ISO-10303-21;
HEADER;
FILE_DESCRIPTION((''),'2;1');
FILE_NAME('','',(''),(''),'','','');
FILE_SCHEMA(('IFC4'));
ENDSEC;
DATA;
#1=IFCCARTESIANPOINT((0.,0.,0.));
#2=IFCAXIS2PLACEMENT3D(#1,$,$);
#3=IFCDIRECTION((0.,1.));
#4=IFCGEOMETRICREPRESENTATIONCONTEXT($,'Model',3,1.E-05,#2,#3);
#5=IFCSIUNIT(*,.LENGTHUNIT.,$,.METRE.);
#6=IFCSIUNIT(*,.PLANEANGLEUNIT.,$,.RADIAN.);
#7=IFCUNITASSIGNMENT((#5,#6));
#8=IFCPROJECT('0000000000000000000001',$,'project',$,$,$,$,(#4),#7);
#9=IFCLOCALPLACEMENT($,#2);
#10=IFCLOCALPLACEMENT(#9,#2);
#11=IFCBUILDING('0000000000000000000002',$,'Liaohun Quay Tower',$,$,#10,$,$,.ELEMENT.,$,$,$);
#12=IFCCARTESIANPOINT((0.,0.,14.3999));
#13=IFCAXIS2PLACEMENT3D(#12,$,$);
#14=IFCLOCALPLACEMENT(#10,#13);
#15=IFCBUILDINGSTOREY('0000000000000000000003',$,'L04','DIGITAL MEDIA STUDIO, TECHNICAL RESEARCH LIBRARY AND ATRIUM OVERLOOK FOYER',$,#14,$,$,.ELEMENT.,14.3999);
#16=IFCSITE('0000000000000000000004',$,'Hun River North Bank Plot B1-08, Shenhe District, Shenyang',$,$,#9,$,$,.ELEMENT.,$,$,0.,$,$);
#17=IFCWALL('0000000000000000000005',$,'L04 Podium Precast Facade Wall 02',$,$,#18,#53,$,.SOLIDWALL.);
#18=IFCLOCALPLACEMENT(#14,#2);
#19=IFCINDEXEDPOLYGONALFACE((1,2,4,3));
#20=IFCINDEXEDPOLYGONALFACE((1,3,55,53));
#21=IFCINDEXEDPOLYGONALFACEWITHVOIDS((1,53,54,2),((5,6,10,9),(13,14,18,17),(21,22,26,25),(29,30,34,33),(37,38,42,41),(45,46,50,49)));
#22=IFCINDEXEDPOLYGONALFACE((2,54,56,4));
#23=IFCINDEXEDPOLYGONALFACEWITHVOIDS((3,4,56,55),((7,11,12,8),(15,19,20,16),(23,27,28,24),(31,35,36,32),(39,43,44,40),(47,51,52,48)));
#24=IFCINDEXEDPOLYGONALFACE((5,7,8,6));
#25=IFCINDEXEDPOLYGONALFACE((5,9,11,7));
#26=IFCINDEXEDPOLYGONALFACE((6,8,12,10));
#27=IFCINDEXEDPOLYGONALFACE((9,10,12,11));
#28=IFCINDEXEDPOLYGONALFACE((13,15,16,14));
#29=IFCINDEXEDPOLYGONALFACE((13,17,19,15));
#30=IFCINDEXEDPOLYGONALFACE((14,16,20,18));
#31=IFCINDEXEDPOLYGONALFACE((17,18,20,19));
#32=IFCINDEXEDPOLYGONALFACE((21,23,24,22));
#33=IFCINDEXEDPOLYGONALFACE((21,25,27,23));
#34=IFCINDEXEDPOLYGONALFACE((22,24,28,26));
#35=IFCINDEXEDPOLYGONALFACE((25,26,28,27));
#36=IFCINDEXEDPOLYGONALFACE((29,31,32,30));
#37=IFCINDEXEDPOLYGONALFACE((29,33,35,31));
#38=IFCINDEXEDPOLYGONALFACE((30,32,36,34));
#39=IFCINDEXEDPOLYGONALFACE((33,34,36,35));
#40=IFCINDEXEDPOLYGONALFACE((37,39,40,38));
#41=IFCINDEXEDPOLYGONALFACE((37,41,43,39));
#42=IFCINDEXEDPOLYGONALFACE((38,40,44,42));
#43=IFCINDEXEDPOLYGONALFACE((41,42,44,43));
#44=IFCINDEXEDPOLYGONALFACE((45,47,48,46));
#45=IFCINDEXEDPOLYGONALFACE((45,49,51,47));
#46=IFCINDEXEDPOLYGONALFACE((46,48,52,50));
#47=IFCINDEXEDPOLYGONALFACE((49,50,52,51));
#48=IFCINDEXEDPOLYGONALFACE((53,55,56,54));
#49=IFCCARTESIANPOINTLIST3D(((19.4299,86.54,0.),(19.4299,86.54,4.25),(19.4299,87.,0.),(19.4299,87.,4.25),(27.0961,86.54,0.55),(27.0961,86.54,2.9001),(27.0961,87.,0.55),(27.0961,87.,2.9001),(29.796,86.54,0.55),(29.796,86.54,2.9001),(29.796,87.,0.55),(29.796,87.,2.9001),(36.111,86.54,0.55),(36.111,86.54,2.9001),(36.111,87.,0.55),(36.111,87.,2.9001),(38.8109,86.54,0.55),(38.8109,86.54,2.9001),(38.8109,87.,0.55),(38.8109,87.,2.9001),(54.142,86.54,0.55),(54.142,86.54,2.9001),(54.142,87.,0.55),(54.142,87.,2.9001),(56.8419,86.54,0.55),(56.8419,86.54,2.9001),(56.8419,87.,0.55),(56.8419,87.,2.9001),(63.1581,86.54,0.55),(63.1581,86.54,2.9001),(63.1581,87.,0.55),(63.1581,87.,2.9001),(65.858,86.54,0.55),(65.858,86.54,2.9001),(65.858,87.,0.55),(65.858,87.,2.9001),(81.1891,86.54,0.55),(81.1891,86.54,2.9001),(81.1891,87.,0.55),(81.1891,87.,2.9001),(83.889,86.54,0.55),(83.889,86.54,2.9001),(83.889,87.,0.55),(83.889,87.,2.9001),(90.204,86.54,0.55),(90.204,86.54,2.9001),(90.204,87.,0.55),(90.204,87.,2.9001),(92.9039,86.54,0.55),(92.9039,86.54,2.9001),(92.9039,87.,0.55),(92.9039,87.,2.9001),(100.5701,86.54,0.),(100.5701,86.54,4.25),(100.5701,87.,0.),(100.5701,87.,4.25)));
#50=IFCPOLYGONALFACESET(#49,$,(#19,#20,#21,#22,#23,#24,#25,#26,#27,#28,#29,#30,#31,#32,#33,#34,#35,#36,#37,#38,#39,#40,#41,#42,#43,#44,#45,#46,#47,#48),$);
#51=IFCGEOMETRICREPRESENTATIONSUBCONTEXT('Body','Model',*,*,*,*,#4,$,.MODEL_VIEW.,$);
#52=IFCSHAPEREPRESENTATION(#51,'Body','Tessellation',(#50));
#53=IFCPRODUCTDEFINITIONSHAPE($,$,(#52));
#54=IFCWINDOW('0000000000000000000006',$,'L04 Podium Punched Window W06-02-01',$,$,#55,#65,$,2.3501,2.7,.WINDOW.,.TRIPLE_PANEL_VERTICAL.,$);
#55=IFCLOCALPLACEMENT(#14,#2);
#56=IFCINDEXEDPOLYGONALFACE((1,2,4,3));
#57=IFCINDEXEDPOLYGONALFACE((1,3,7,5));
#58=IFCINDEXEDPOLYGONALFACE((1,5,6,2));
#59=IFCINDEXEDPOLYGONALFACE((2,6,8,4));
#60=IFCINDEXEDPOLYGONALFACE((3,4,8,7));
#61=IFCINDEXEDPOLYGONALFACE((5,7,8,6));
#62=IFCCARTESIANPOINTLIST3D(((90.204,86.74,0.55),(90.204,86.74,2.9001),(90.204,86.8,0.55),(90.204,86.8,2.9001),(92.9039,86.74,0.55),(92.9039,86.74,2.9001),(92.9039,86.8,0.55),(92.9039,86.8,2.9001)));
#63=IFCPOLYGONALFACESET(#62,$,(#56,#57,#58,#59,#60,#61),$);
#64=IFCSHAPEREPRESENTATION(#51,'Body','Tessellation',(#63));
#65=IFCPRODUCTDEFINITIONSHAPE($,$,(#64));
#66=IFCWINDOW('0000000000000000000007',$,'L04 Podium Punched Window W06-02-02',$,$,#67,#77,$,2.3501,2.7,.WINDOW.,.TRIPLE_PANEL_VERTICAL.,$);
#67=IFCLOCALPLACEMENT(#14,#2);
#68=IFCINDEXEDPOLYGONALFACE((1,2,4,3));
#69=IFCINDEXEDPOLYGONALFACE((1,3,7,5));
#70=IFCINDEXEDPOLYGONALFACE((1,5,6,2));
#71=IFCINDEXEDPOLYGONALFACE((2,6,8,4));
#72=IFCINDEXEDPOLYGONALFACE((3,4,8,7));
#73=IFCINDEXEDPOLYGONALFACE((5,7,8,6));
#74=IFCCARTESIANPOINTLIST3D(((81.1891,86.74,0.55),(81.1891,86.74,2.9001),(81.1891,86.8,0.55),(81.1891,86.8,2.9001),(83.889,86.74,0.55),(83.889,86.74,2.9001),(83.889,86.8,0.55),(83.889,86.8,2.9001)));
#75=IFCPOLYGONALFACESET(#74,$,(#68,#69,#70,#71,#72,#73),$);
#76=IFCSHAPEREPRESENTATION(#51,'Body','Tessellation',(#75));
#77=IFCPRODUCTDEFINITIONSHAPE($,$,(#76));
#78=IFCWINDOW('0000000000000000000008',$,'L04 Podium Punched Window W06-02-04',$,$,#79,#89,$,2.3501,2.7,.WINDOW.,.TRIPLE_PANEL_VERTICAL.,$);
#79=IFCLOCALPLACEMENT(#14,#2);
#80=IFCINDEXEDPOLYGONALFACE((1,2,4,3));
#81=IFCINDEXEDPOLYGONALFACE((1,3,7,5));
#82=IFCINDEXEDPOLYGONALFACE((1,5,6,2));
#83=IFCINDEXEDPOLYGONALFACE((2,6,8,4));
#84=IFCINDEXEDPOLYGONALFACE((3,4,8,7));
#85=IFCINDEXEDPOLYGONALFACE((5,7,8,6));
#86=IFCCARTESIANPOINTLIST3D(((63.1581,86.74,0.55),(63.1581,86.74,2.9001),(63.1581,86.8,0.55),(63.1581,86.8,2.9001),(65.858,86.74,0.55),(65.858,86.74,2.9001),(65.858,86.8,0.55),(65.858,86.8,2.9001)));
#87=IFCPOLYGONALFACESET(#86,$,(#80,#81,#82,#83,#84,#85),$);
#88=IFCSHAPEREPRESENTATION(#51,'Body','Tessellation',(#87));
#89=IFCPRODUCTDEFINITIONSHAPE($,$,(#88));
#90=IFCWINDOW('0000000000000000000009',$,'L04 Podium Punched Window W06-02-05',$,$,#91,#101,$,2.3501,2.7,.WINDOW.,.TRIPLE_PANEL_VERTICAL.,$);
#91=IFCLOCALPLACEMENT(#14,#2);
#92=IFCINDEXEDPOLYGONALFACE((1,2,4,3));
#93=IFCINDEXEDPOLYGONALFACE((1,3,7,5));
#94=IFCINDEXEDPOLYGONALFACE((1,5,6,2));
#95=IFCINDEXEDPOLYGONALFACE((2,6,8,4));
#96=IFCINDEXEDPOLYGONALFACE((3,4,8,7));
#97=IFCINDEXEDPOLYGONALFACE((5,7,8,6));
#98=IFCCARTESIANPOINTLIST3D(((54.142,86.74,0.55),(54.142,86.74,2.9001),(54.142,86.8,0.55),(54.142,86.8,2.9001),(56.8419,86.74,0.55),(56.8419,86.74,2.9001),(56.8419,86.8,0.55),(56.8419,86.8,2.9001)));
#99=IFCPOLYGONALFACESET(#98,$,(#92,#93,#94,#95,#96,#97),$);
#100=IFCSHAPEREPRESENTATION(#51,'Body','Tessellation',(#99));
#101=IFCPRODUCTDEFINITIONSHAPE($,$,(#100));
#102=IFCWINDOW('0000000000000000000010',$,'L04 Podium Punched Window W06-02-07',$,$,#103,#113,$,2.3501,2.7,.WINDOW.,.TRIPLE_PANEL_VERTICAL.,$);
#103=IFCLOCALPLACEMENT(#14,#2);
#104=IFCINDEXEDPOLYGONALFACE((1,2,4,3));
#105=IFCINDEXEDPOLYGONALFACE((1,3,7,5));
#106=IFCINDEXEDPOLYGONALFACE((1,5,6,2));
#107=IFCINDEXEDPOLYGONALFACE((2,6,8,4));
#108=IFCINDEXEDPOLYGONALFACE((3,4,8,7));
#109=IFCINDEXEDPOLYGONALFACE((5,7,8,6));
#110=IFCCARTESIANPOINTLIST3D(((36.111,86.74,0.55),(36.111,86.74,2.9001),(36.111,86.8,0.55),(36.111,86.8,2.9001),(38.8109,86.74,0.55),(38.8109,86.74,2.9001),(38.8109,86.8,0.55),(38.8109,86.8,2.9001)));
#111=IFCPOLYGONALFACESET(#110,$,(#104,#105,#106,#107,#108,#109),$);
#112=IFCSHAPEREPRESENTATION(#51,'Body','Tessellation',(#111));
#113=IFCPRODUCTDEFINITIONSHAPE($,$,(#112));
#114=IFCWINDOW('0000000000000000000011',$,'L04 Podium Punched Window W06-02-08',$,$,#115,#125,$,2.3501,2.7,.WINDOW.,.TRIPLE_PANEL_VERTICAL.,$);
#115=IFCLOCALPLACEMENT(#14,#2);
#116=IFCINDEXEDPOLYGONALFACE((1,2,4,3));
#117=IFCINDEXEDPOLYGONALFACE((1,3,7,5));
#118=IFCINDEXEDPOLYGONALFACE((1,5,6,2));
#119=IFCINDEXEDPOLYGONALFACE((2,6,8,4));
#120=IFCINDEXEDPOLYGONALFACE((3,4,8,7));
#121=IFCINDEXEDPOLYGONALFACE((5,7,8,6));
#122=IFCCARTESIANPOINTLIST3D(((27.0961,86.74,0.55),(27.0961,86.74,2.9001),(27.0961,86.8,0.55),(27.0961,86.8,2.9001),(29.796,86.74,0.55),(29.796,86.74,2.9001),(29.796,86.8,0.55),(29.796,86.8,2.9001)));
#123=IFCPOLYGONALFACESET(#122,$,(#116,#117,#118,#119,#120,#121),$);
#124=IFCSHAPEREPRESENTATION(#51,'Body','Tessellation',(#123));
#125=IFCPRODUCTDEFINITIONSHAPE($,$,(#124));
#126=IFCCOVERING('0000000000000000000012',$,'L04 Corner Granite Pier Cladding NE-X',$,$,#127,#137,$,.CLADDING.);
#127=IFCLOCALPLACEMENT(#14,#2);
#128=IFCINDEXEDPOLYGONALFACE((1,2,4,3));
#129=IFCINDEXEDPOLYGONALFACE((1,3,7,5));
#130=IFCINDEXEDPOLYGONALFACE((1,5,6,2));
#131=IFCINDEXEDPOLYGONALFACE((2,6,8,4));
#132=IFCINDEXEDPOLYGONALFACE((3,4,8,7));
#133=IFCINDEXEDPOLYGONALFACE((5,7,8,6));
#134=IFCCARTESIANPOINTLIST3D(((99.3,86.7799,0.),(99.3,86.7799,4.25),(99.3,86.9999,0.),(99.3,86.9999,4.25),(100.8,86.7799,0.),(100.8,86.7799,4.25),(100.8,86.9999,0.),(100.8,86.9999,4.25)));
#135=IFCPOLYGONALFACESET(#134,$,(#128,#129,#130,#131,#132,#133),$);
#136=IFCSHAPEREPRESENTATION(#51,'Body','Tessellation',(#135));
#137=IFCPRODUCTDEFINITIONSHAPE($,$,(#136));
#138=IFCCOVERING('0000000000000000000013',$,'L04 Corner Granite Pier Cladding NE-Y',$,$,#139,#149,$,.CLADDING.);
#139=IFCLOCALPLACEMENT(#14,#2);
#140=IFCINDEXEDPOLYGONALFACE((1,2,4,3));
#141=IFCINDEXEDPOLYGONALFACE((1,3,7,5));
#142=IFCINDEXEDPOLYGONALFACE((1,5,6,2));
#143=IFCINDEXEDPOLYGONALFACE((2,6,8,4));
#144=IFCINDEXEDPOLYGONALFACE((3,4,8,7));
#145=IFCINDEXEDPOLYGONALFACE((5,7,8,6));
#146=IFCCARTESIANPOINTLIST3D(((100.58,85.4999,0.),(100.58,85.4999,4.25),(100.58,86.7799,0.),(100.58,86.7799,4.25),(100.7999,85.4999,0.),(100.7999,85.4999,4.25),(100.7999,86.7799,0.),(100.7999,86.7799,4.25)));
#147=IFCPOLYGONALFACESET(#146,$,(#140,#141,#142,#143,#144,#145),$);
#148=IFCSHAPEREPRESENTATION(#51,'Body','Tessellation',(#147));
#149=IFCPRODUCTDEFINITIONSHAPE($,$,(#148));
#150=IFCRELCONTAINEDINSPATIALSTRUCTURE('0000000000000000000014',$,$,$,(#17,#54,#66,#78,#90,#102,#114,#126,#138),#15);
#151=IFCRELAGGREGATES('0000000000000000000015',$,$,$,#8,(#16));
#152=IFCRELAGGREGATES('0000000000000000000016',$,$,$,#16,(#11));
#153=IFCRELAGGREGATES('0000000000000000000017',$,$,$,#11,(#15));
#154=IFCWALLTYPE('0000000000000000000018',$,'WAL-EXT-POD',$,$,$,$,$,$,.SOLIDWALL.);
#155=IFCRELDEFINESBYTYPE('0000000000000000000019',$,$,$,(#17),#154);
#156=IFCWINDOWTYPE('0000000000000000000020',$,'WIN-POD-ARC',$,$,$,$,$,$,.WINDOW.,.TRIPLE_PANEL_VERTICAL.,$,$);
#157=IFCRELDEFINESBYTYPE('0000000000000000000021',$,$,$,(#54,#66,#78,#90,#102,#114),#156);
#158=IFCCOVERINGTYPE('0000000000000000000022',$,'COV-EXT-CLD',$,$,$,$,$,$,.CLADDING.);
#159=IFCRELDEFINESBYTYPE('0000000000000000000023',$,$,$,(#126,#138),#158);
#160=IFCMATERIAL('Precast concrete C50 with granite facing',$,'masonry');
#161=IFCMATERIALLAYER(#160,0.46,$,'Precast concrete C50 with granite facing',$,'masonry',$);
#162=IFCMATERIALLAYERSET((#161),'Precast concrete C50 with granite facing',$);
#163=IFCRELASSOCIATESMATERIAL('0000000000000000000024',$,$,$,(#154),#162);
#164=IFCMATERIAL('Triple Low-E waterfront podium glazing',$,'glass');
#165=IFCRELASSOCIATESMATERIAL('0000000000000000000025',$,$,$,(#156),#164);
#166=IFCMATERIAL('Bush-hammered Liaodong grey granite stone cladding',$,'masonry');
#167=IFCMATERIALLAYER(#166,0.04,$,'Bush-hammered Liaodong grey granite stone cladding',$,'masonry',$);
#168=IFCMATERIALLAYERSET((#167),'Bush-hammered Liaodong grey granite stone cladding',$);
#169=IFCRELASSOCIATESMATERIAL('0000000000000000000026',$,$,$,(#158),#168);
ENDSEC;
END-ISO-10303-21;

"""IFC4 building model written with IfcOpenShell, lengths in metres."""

from ifc_helpers import new_model, si_unit, direction, frame, frame_2d, origin, origin_2d, place, context, subcontext, project, spatial, rectangle, extrude, source, transform, mapped, material, layer, layer_set, type_object, element, fill, save


model = new_model("IFC4")

# Units and contexts
model_context = context("Model", 3, precision=1e-05, world=origin(), true_north=direction((0.0, 1.0)))
body_context = subcontext(model_context, "Body", "Model", "MODEL_VIEW")
ifc_project = project(units=[si_unit("LENGTHUNIT", "METRE"), si_unit("PLANEANGLEUNIT", "RADIAN")], contexts=[model_context])

# Site, building, storey
site_placement = place(None, origin())
site = spatial("IfcSite", under=ifc_project, at=site_placement, Name="Hun River North Bank Plot B1-08, Shenhe District, Shenyang", CompositionType="ELEMENT", RefElevation=0.0)
building_placement = place(site_placement, origin())
building = spatial("IfcBuilding", under=site, at=building_placement, Name="Liaohun Quay Tower", CompositionType="ELEMENT")
storey_placement = place(building_placement, frame((0.0, 0.0, 14.3999)))
storey = spatial("IfcBuildingStorey", under=building, at=storey_placement, Name="L04", Description="DIGITAL MEDIA STUDIO, TECHNICAL RESEARCH LIBRARY AND ATRIUM OVERLOOK FOYER", CompositionType="ELEMENT", Elevation=14.3999)

# Wall, openings, windows
ifc_material_1 = material(Name="Precast concrete C50 with granite facing", Category="masonry")
ifc_layer_1 = layer(ifc_material_1, 0.46, Name="Precast concrete C50 with granite facing", Category="masonry")
ifc_layer_set_1 = layer_set([ifc_layer_1], Name="Precast concrete C50 with granite facing")
wall_type = type_object("IfcWallType", Name="WAL-EXT-POD", PredefinedType="SOLIDWALL", material=ifc_layer_set_1)
wall_placement = place(storey_placement, frame((100.5701, 86.77, 0.0), z_axis=(0.0, 0.0, 1.0), x_axis=(-1.0, 0.0, 0.0)))
wall = element("IfcWall", 1, at=wall_placement, inside=storey, type_object=wall_type, Name="L04 Podium Precast Facade Wall 02", PredefinedType="SOLIDWALL", context=body_context, shape_type="SweptSolid", body=[
    extrude(rectangle(XDim=81.1401, YDim=0.46, at=frame_2d((40.5701, 0.0))), origin(), (0.0, 0.0, 1.0), 4.25),
])
shared_shape_1 = source(origin(), body_context, "Body", "SweptSolid", [
    extrude(rectangle(XDim=2.7, YDim=2.3501, at=frame_2d((1.3501, 1.175))), frame((0.0, 0.24, 0.0), z_axis=(0.0, -1.0, 0.0), x_axis=(1.0, 0.0, 0.0)), (0.0, 0.0, 1.0), 0.48),
])
opening_1_placement = place(wall_placement, frame((7.666, 0.0, 0.55)))
opening_1 = element("IfcOpeningElement", 2, at=opening_1_placement, cuts=wall, PredefinedType="OPENING", context=body_context, shape_type="MappedRepresentation", body=[
    mapped(shared_shape_1, transform((0.0, 0.0, 0.0), x_axis=(1.0, 0.0, 0.0), y_axis=(0.0, 1.0, 0.0), z_axis=(0.0, 0.0, 1.0), scale=1.0)),
])
opening_2_placement = place(wall_placement, frame((16.6809, 0.0, 0.55)))
opening_2 = element("IfcOpeningElement", 3, at=opening_2_placement, cuts=wall, PredefinedType="OPENING", context=body_context, shape_type="MappedRepresentation", body=[
    mapped(shared_shape_1, transform((0.0, 0.0, 0.0), x_axis=(1.0, 0.0, 0.0), y_axis=(0.0, 1.0, 0.0), z_axis=(0.0, 0.0, 1.0), scale=1.0)),
])
opening_3_placement = place(wall_placement, frame((34.7119, 0.0, 0.55)))
opening_3 = element("IfcOpeningElement", 4, at=opening_3_placement, cuts=wall, PredefinedType="OPENING", context=body_context, shape_type="MappedRepresentation", body=[
    mapped(shared_shape_1, transform((0.0, 0.0, 0.0), x_axis=(1.0, 0.0, 0.0), y_axis=(0.0, 1.0, 0.0), z_axis=(0.0, 0.0, 1.0), scale=1.0)),
])
opening_4_placement = place(wall_placement, frame((43.728, 0.0, 0.55)))
opening_4 = element("IfcOpeningElement", 5, at=opening_4_placement, cuts=wall, PredefinedType="OPENING", context=body_context, shape_type="MappedRepresentation", body=[
    mapped(shared_shape_1, transform((0.0, 0.0, 0.0), x_axis=(1.0, 0.0, 0.0), y_axis=(0.0, 1.0, 0.0), z_axis=(0.0, 0.0, 1.0), scale=1.0)),
])
opening_5_placement = place(wall_placement, frame((61.759, 0.0, 0.55)))
opening_5 = element("IfcOpeningElement", 6, at=opening_5_placement, cuts=wall, PredefinedType="OPENING", context=body_context, shape_type="MappedRepresentation", body=[
    mapped(shared_shape_1, transform((0.0, 0.0, 0.0), x_axis=(1.0, 0.0, 0.0), y_axis=(0.0, 1.0, 0.0), z_axis=(0.0, 0.0, 1.0), scale=1.0)),
])
opening_6_placement = place(wall_placement, frame((70.7739, 0.0, 0.55)))
opening_6 = element("IfcOpeningElement", 7, at=opening_6_placement, cuts=wall, PredefinedType="OPENING", context=body_context, shape_type="MappedRepresentation", body=[
    mapped(shared_shape_1, transform((0.0, 0.0, 0.0), x_axis=(1.0, 0.0, 0.0), y_axis=(0.0, 1.0, 0.0), z_axis=(0.0, 0.0, 1.0), scale=1.0)),
])
ifc_material_2 = material(Name="Triple Low-E waterfront podium glazing", Category="glass")
window_type = type_object("IfcWindowType", Name="WIN-POD-ARC", PartitioningType="TRIPLE_PANEL_VERTICAL", PredefinedType="WINDOW", material=ifc_material_2)
shared_shape_2 = source(origin(), body_context, "Body", "SweptSolid", [
    extrude(rectangle(XDim=2.7, YDim=2.3501, at=frame_2d((1.3501, 1.175))), frame((0.0, 0.03, 0.0), z_axis=(0.0, -1.0, 0.0), x_axis=(1.0, 0.0, 0.0)), (0.0, 0.0, 1.0), 0.0601),
])
window_1_placement = place(opening_1_placement, origin())
window_1 = element("IfcWindow", 8, at=window_1_placement, inside=storey, type_object=window_type, Name="L04 Podium Punched Window W06-02-01", OverallHeight=2.3501, OverallWidth=2.7, PartitioningType="TRIPLE_PANEL_VERTICAL", PredefinedType="WINDOW", context=body_context, shape_type="MappedRepresentation", body=[
    mapped(shared_shape_2, transform((0.0, 0.0, 0.0), x_axis=(1.0, 0.0, 0.0), y_axis=(0.0, 1.0, 0.0), z_axis=(0.0, 0.0, 1.0), scale=1.0)),
])
fill(opening_1, window_1)
window_2_placement = place(opening_2_placement, origin())
window_2 = element("IfcWindow", 9, at=window_2_placement, inside=storey, type_object=window_type, Name="L04 Podium Punched Window W06-02-02", OverallHeight=2.3501, OverallWidth=2.7, PartitioningType="TRIPLE_PANEL_VERTICAL", PredefinedType="WINDOW", context=body_context, shape_type="MappedRepresentation", body=[
    mapped(shared_shape_2, transform((0.0, 0.0, 0.0), x_axis=(1.0, 0.0, 0.0), y_axis=(0.0, 1.0, 0.0), z_axis=(0.0, 0.0, 1.0), scale=1.0)),
])
fill(opening_2, window_2)
window_3_placement = place(opening_3_placement, origin())
window_3 = element("IfcWindow", 10, at=window_3_placement, inside=storey, type_object=window_type, Name="L04 Podium Punched Window W06-02-04", OverallHeight=2.3501, OverallWidth=2.7, PartitioningType="TRIPLE_PANEL_VERTICAL", PredefinedType="WINDOW", context=body_context, shape_type="MappedRepresentation", body=[
    mapped(shared_shape_2, transform((0.0, 0.0, 0.0), x_axis=(1.0, 0.0, 0.0), y_axis=(0.0, 1.0, 0.0), z_axis=(0.0, 0.0, 1.0), scale=1.0)),
])
fill(opening_3, window_3)
window_4_placement = place(opening_4_placement, origin())
window_4 = element("IfcWindow", 11, at=window_4_placement, inside=storey, type_object=window_type, Name="L04 Podium Punched Window W06-02-05", OverallHeight=2.3501, OverallWidth=2.7, PartitioningType="TRIPLE_PANEL_VERTICAL", PredefinedType="WINDOW", context=body_context, shape_type="MappedRepresentation", body=[
    mapped(shared_shape_2, transform((0.0, 0.0, 0.0), x_axis=(1.0, 0.0, 0.0), y_axis=(0.0, 1.0, 0.0), z_axis=(0.0, 0.0, 1.0), scale=1.0)),
])
fill(opening_4, window_4)
window_5_placement = place(opening_5_placement, origin())
window_5 = element("IfcWindow", 12, at=window_5_placement, inside=storey, type_object=window_type, Name="L04 Podium Punched Window W06-02-07", OverallHeight=2.3501, OverallWidth=2.7, PartitioningType="TRIPLE_PANEL_VERTICAL", PredefinedType="WINDOW", context=body_context, shape_type="MappedRepresentation", body=[
    mapped(shared_shape_2, transform((0.0, 0.0, 0.0), x_axis=(1.0, 0.0, 0.0), y_axis=(0.0, 1.0, 0.0), z_axis=(0.0, 0.0, 1.0), scale=1.0)),
])
fill(opening_5, window_5)
window_6_placement = place(opening_6_placement, origin())
window_6 = element("IfcWindow", 13, at=window_6_placement, inside=storey, type_object=window_type, Name="L04 Podium Punched Window W06-02-08", OverallHeight=2.3501, OverallWidth=2.7, PartitioningType="TRIPLE_PANEL_VERTICAL", PredefinedType="WINDOW", context=body_context, shape_type="MappedRepresentation", body=[
    mapped(shared_shape_2, transform((0.0, 0.0, 0.0), x_axis=(1.0, 0.0, 0.0), y_axis=(0.0, 1.0, 0.0), z_axis=(0.0, 0.0, 1.0), scale=1.0)),
])
fill(opening_6, window_6)

# Coverings
ifc_material_3 = material(Name="Bush-hammered Liaodong grey granite stone cladding", Category="masonry")
ifc_layer_2 = layer(ifc_material_3, 0.04, Name="Bush-hammered Liaodong grey granite stone cladding", Category="masonry")
ifc_layer_set_2 = layer_set([ifc_layer_2], Name="Bush-hammered Liaodong grey granite stone cladding")
covering_type = type_object("IfcCoveringType", Name="COV-EXT-CLD", PredefinedType="CLADDING", material=ifc_layer_set_2)
shared_shape_3 = source(origin(), body_context, "Body", "SweptSolid", [
    extrude(rectangle(XDim=1.5, YDim=0.22, at=origin_2d()), origin(), (0.0, 0.0, 1.0), 4.25),
])
covering_1_placement = place(storey_placement, frame((100.05, 86.8899, 0.0), z_axis=(0.0, 0.0, 1.0), x_axis=(1.0, 0.0, 0.0)))
element("IfcCovering", 14, at=covering_1_placement, inside=storey, type_object=covering_type, Name="L04 Corner Granite Pier Cladding NE-X", PredefinedType="CLADDING", context=body_context, shape_type="MappedRepresentation", body=[
    mapped(shared_shape_3, transform((0.0, 0.0, 0.0), x_axis=(1.0, 0.0, 0.0), y_axis=(0.0, 1.0, 0.0), z_axis=(0.0, 0.0, 1.0), scale=1.0)),
])
shared_shape_4 = source(origin(), body_context, "Body", "SweptSolid", [
    extrude(rectangle(XDim=0.22, YDim=1.28, at=origin_2d()), origin(), (0.0, 0.0, 1.0), 4.25),
])
covering_2_placement = place(storey_placement, frame((100.6899, 86.1399, 0.0), z_axis=(0.0, 0.0, 1.0), x_axis=(1.0, 0.0, 0.0)))
element("IfcCovering", 15, at=covering_2_placement, inside=storey, type_object=covering_type, Name="L04 Corner Granite Pier Cladding NE-Y", PredefinedType="CLADDING", context=body_context, shape_type="MappedRepresentation", body=[
    mapped(shared_shape_4, transform((0.0, 0.0, 0.0), x_axis=(1.0, 0.0, 0.0), y_axis=(0.0, 1.0, 0.0), z_axis=(0.0, 0.0, 1.0), scale=1.0)),
])

save(model, "model.ifc")
